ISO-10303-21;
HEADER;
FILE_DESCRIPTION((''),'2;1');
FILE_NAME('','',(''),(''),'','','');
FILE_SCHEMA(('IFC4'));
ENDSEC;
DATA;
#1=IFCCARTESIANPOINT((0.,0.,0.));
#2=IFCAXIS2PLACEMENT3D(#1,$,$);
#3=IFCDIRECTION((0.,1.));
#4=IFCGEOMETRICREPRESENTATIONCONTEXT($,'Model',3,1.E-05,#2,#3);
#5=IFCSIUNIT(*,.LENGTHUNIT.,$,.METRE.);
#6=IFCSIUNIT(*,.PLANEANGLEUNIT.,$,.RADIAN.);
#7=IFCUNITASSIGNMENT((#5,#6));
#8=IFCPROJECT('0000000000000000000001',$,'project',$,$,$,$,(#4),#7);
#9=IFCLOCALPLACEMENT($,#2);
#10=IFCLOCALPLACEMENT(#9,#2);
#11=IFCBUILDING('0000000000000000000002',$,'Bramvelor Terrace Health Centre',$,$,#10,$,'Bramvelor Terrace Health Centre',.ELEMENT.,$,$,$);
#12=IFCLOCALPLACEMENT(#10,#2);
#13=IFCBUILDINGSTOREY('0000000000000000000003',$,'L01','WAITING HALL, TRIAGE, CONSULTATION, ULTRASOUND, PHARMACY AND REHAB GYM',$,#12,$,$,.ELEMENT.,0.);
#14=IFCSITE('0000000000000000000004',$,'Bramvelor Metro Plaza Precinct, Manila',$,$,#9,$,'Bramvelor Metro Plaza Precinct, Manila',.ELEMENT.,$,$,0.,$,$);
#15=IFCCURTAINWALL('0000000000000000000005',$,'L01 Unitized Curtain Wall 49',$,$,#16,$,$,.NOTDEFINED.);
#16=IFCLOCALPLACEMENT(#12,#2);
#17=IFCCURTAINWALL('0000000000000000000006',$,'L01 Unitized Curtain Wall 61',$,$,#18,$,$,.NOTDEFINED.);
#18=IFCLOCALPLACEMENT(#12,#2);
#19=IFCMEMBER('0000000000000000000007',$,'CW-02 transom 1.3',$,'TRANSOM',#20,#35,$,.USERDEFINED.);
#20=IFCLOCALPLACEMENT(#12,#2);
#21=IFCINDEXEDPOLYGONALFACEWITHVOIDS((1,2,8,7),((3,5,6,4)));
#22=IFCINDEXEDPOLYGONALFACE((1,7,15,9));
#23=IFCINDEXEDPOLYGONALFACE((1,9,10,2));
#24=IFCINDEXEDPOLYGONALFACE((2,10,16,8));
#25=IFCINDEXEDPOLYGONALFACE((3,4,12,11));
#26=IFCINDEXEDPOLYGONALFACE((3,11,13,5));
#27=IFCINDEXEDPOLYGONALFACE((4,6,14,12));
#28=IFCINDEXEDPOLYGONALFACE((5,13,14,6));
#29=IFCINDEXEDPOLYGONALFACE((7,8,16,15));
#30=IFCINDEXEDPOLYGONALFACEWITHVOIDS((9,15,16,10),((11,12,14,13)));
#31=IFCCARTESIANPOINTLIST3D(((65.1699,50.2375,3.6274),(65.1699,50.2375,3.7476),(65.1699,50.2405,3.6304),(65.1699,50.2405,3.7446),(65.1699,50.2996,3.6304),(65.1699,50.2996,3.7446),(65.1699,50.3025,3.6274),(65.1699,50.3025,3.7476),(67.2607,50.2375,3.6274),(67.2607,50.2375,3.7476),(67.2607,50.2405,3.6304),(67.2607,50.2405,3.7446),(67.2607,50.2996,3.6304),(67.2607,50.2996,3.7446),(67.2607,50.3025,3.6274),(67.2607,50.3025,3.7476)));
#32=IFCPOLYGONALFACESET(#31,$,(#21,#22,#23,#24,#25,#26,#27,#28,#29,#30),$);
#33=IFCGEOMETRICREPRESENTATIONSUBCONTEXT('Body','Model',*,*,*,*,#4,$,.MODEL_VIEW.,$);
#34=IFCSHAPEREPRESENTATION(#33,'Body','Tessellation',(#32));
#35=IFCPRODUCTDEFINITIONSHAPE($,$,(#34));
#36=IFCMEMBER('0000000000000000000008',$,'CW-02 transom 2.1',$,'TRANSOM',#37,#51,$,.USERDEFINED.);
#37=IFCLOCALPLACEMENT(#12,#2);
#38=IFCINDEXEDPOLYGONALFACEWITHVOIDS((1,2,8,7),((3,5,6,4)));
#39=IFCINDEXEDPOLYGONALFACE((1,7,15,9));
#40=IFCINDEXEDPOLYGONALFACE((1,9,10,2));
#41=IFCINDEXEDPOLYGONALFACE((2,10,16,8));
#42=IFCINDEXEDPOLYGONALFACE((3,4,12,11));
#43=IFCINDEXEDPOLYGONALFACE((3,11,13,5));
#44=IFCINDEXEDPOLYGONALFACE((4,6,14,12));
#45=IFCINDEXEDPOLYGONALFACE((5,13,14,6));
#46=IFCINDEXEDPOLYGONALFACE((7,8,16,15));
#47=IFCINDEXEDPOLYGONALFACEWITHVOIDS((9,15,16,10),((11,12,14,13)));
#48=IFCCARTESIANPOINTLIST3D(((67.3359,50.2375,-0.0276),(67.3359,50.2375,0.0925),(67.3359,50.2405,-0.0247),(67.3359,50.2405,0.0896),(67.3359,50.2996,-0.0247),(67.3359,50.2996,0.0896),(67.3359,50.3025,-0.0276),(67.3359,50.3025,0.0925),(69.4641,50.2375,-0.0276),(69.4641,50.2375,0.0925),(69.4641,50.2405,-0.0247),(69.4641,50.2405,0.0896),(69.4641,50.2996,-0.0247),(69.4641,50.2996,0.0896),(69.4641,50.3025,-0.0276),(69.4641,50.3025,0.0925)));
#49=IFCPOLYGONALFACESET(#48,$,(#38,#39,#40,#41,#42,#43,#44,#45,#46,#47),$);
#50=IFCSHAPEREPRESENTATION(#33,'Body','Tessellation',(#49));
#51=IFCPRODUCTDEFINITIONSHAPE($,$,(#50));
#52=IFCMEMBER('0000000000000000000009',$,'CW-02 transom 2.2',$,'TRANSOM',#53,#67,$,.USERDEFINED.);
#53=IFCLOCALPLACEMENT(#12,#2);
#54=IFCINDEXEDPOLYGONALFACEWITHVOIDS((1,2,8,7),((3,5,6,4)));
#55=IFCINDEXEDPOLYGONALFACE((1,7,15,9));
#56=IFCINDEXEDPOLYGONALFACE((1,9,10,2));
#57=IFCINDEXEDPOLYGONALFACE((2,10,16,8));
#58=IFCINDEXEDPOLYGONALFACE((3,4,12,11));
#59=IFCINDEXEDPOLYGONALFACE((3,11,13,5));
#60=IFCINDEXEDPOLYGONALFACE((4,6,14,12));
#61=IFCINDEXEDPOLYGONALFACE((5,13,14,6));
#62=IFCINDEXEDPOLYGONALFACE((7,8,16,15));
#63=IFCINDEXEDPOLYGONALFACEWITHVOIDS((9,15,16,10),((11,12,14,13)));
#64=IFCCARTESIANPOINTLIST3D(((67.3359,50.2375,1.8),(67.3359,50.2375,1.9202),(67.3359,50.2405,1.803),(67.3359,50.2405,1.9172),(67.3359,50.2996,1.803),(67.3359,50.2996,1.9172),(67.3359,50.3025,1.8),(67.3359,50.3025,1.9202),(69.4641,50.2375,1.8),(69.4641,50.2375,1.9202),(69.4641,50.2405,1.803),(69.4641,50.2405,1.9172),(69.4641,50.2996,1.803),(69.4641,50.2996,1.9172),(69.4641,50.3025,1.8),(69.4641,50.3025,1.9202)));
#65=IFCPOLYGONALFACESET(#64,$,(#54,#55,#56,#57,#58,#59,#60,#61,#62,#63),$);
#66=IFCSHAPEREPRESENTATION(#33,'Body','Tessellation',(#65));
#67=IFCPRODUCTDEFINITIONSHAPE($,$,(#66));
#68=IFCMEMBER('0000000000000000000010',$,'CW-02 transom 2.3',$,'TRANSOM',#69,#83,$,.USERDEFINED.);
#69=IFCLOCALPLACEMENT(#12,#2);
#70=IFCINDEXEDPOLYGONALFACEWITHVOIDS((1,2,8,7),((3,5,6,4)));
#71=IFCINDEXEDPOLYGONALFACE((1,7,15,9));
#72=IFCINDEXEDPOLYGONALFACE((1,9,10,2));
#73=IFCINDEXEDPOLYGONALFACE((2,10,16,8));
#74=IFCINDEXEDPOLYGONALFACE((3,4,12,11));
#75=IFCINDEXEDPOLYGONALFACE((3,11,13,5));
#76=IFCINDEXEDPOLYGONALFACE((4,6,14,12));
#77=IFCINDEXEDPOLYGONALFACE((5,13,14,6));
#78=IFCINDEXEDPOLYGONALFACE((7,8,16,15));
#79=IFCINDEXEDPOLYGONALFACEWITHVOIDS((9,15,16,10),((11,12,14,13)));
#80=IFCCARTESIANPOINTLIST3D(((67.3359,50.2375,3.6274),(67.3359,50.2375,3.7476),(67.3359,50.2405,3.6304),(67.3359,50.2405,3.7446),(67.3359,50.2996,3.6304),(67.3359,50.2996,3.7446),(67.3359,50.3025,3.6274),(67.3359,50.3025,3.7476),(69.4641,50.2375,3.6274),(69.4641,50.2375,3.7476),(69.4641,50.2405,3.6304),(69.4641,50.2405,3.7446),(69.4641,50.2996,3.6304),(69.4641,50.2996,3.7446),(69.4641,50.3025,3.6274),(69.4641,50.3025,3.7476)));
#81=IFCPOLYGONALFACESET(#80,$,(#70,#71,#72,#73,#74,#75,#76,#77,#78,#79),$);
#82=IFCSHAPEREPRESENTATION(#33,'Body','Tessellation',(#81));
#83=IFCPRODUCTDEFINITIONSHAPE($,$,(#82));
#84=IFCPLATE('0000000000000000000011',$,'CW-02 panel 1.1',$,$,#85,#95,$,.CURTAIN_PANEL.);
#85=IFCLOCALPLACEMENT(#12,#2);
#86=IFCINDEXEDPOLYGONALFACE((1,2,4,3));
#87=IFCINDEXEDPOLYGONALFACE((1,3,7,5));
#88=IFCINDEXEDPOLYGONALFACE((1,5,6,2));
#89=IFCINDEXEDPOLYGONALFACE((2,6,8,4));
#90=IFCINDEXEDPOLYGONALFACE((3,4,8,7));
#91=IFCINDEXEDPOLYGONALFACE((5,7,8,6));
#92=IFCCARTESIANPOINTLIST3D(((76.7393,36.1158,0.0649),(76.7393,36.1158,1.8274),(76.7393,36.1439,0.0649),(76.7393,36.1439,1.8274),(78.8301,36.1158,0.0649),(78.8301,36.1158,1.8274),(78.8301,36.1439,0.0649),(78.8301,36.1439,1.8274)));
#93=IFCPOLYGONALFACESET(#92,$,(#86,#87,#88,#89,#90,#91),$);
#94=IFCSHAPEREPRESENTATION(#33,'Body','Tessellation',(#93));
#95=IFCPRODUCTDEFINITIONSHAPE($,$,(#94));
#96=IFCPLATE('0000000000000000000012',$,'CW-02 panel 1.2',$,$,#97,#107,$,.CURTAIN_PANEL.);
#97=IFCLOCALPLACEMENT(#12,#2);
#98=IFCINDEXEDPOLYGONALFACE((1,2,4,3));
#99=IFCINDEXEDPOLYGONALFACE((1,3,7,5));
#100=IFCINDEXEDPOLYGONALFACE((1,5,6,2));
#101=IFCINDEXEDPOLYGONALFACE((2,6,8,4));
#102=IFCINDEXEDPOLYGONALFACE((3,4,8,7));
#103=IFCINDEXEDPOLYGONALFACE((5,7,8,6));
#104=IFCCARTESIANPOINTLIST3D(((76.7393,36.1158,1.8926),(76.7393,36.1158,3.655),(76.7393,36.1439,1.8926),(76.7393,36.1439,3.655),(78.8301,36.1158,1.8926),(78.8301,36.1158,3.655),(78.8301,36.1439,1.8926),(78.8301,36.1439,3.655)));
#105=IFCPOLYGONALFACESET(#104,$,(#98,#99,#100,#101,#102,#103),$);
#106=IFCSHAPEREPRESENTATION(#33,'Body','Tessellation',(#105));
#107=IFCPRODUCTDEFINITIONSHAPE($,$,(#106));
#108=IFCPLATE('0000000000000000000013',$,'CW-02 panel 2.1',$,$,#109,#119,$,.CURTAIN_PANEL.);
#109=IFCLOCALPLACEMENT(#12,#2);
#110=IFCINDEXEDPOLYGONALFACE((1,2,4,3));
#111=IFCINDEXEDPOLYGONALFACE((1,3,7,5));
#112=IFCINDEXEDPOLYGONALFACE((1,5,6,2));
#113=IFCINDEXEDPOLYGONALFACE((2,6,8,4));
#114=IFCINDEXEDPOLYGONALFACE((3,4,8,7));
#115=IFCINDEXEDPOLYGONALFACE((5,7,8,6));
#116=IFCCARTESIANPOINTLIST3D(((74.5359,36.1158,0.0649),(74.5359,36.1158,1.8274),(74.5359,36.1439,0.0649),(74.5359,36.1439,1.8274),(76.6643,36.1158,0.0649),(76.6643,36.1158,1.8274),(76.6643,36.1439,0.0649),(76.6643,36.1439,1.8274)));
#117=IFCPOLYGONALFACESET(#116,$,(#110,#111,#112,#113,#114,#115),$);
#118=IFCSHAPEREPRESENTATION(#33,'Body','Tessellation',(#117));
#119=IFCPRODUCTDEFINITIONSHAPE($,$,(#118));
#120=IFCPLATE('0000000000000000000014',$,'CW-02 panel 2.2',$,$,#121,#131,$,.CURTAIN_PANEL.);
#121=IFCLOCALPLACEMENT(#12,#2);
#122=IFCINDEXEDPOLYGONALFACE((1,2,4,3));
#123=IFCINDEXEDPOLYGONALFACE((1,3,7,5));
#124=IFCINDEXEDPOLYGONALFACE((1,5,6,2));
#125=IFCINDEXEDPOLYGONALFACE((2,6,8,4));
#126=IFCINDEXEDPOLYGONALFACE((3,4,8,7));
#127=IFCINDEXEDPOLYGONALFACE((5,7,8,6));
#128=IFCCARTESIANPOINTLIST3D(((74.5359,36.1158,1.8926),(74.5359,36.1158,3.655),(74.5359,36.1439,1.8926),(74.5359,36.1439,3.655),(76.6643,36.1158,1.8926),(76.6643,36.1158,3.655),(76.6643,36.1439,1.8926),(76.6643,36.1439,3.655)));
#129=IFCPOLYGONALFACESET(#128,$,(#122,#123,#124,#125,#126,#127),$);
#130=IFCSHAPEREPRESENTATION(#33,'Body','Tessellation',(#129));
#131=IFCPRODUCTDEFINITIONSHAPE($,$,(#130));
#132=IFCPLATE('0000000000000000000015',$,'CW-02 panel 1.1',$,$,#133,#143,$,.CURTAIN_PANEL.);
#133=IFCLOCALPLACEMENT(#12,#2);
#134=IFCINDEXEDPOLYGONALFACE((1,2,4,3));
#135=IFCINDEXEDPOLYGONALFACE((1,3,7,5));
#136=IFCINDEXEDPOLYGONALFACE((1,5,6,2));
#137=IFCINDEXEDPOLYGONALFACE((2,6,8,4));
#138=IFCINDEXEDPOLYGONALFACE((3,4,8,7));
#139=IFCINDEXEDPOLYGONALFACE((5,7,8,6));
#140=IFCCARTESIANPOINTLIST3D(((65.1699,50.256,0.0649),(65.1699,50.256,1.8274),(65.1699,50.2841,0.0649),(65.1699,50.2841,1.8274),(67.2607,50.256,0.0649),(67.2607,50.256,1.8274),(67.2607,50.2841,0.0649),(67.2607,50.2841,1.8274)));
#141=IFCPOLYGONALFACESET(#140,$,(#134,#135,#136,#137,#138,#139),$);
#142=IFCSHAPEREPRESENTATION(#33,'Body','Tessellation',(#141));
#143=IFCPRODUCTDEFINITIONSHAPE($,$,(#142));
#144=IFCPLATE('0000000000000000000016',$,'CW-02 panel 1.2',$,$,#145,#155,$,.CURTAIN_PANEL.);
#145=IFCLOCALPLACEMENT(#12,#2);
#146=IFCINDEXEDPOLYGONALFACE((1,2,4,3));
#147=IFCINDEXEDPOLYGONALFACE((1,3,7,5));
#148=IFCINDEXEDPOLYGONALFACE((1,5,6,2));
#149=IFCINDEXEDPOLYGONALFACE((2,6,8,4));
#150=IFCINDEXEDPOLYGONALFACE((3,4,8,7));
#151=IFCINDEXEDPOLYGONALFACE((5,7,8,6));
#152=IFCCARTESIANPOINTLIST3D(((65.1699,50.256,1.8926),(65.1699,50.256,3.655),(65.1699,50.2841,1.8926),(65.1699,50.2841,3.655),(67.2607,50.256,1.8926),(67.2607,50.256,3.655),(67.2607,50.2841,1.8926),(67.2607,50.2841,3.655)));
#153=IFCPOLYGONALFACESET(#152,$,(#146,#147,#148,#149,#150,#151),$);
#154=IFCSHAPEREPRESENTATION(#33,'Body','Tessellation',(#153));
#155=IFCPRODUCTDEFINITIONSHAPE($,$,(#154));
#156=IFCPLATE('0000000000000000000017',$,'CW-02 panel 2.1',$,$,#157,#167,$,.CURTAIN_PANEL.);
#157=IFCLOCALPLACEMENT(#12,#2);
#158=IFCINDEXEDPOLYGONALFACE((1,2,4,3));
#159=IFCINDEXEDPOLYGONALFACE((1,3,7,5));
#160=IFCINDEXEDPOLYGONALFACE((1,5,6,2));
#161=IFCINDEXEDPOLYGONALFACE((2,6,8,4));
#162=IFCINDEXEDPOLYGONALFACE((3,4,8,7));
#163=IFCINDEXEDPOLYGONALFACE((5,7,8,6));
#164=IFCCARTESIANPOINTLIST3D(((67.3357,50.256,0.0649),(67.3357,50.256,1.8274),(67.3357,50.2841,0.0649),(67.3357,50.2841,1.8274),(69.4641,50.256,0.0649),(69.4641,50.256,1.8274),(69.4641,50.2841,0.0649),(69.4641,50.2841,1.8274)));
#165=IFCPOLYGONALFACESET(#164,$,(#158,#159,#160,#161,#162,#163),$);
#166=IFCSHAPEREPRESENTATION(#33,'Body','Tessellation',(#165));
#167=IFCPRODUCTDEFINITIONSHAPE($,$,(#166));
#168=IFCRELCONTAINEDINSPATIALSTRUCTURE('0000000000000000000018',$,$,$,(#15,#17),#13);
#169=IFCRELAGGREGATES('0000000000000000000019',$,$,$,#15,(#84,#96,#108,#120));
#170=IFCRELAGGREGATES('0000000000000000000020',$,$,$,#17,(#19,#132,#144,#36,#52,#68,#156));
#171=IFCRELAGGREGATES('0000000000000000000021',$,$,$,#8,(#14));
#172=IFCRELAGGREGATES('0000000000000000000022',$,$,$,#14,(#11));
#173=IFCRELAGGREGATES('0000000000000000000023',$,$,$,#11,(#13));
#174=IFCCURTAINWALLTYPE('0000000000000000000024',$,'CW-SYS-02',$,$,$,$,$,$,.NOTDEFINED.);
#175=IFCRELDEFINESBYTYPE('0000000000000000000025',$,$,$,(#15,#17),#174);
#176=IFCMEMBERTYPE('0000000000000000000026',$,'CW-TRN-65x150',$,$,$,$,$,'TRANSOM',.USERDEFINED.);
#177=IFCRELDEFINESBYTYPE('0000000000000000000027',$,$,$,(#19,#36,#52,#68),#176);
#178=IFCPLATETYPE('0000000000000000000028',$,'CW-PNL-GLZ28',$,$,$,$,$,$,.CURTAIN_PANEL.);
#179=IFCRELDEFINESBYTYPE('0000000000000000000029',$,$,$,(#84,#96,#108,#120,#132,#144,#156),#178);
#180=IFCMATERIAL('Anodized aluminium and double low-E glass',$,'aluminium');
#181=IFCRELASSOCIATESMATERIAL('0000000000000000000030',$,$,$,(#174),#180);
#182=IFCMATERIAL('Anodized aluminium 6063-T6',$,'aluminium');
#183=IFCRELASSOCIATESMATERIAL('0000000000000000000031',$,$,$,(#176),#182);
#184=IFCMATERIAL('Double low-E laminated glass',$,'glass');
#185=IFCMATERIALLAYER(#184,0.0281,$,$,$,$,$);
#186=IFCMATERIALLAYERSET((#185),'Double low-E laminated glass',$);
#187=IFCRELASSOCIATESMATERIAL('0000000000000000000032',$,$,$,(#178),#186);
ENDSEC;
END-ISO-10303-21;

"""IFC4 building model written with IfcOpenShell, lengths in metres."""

from ifc_helpers import new_model, si_unit, direction, frame, origin, origin_2d, place, context, subcontext, project, spatial, rectangle, hollow_rectangle, extrude, material, layer, layer_set, material_profile, profile_set, type_object, element, aggregate, save


model = new_model("IFC4")

# Units and contexts
model_context = context("Model", 3, precision=1e-05, world=origin(), true_north=direction((0.0, 1.0)))
body_context = subcontext(model_context, "Body", "Model", "MODEL_VIEW")
ifc_project = project(units=[si_unit("LENGTHUNIT", "METRE"), si_unit("PLANEANGLEUNIT", "RADIAN")], contexts=[model_context])

# Site, building, storey
site_placement = place(None, origin())
site = spatial("IfcSite", under=ifc_project, at=site_placement, Name="Bramvelor Metro Plaza Precinct, Manila", LongName="Bramvelor Metro Plaza Precinct, Manila", CompositionType="ELEMENT", RefElevation=0.0)
building_placement = place(site_placement, origin())
building = spatial("IfcBuilding", under=site, at=building_placement, Name="Bramvelor Terrace Health Centre", LongName="Bramvelor Terrace Health Centre", CompositionType="ELEMENT")
storey_placement = place(building_placement, origin())
storey = spatial("IfcBuildingStorey", under=building, at=storey_placement, Name="L01", Description="WAITING HALL, TRIAGE, CONSULTATION, ULTRASOUND, PHARMACY AND REHAB GYM", CompositionType="ELEMENT", Elevation=0.0)

# Curtain wall
ifc_material_1 = material(Name="Anodized aluminium and double low-E glass", Category="aluminium")
curtain_wall_type = type_object("IfcCurtainWallType", Name="CW-SYS-02", PredefinedType="NOTDEFINED", material=ifc_material_1)
curtain_wall_1_placement = place(storey_placement, origin())
curtain_wall_1 = element("IfcCurtainWall", 1, at=curtain_wall_1_placement, inside=storey, type_object=curtain_wall_type, Name="L01 Unitized Curtain Wall 49", PredefinedType="NOTDEFINED")

# Curtain wall
curtain_wall_2_placement = place(storey_placement, origin())
curtain_wall_2 = element("IfcCurtainWall", 2, at=curtain_wall_2_placement, inside=storey, type_object=curtain_wall_type, Name="L01 Unitized Curtain Wall 61", PredefinedType="NOTDEFINED")

# Members
ifc_material_2 = material(Name="Anodized aluminium 6063-T6", Category="aluminium")
ifc_material_profile_1 = material_profile(ifc_material_2, hollow_rectangle(XDim=0.0649, YDim=0.1201, WallThickness=0.0029, at=origin_2d()), Name="ALU-TRN 65x120x3.0")
ifc_profile_set_1 = profile_set([ifc_material_profile_1], Name="Anodized aluminium 6063-T6")
member_type_1 = type_object("IfcMemberType", Name="CW-TRN-65x150", ElementType="TRANSOM", PredefinedType="USERDEFINED", material=ifc_profile_set_1)
member_1_placement = place(storey_placement, frame((65.1699, 50.27, 3.6875), z_axis=(1.0, 0.0, 0.0), x_axis=(0.0, 1.0, 0.0)))
member_1 = element("IfcMember", 3, at=member_1_placement, type_object=member_type_1, Name="CW-02 transom 1.3", ObjectType="TRANSOM", PredefinedType="USERDEFINED", context=body_context, shape_type="SweptSolid", body=[
    extrude(hollow_rectangle(XDim=0.0649, YDim=0.1201, WallThickness=0.0029, at=origin_2d()), origin(), (0.0, 0.0, 1.0), 2.0908),
])
member_2_placement = place(storey_placement, frame((67.3359, 50.27, 0.0325), z_axis=(1.0, 0.0, 0.0), x_axis=(0.0, 1.0, 0.0)))
member_2 = element("IfcMember", 4, at=member_2_placement, type_object=member_type_1, Name="CW-02 transom 2.1", ObjectType="TRANSOM", PredefinedType="USERDEFINED", context=body_context, shape_type="SweptSolid", body=[
    extrude(hollow_rectangle(XDim=0.0649, YDim=0.1201, WallThickness=0.0029, at=origin_2d()), origin(), (0.0, 0.0, 1.0), 2.1282),
])
member_3_placement = place(storey_placement, frame((67.3359, 50.27, 1.8601), z_axis=(1.0, 0.0, 0.0), x_axis=(0.0, 1.0, 0.0)))
member_3 = element("IfcMember", 5, at=member_3_placement, type_object=member_type_1, Name="CW-02 transom 2.2", ObjectType="TRANSOM", PredefinedType="USERDEFINED", context=body_context, shape_type="SweptSolid", body=[
    extrude(hollow_rectangle(XDim=0.0649, YDim=0.1201, WallThickness=0.0029, at=origin_2d()), origin(), (0.0, 0.0, 1.0), 2.1282),
])
member_4_placement = place(storey_placement, frame((67.3359, 50.27, 3.6875), z_axis=(1.0, 0.0, 0.0), x_axis=(0.0, 1.0, 0.0)))
member_4 = element("IfcMember", 6, at=member_4_placement, type_object=member_type_1, Name="CW-02 transom 2.3", ObjectType="TRANSOM", PredefinedType="USERDEFINED", context=body_context, shape_type="SweptSolid", body=[
    extrude(hollow_rectangle(XDim=0.0649, YDim=0.1201, WallThickness=0.0029, at=origin_2d()), origin(), (0.0, 0.0, 1.0), 2.1282),
])

# Plates
ifc_material_3 = material(Name="Double low-E laminated glass", Category="glass")
ifc_layer = layer(ifc_material_3, 0.0281)
ifc_layer_set = layer_set([ifc_layer], Name="Double low-E laminated glass")
plate_type = type_object("IfcPlateType", Name="CW-PNL-GLZ28", PredefinedType="CURTAIN_PANEL", material=ifc_layer_set)
plate_1_placement = place(storey_placement, frame((77.7847, 36.1299, 0.0649), z_axis=(0.0, 0.0, 1.0), x_axis=(-1.0, 0.0, 0.0)))
plate_1 = element("IfcPlate", 7, at=plate_1_placement, type_object=plate_type, Name="CW-02 panel 1.1", PredefinedType="CURTAIN_PANEL", context=body_context, shape_type="SweptSolid", body=[
    extrude(rectangle(XDim=2.0908, YDim=0.0281, at=origin_2d()), origin(), (0.0, 0.0, 1.0), 1.7625),
])
plate_2_placement = place(storey_placement, frame((77.7847, 36.1299, 1.8926), z_axis=(0.0, 0.0, 1.0), x_axis=(-1.0, 0.0, 0.0)))
plate_2 = element("IfcPlate", 8, at=plate_2_placement, type_object=plate_type, Name="CW-02 panel 1.2", PredefinedType="CURTAIN_PANEL", context=body_context, shape_type="SweptSolid", body=[
    extrude(rectangle(XDim=2.0908, YDim=0.0281, at=origin_2d()), origin(), (0.0, 0.0, 1.0), 1.7625),
])
plate_3_placement = place(storey_placement, frame((75.6001, 36.1299, 0.0649), z_axis=(0.0, 0.0, 1.0), x_axis=(-1.0, 0.0, 0.0)))
plate_3 = element("IfcPlate", 9, at=plate_3_placement, type_object=plate_type, Name="CW-02 panel 2.1", PredefinedType="CURTAIN_PANEL", context=body_context, shape_type="SweptSolid", body=[
    extrude(rectangle(XDim=2.1284, YDim=0.0281, at=origin_2d()), origin(), (0.0, 0.0, 1.0), 1.7625),
])
plate_4_placement = place(storey_placement, frame((75.6001, 36.1299, 1.8926), z_axis=(0.0, 0.0, 1.0), x_axis=(-1.0, 0.0, 0.0)))
plate_4 = element("IfcPlate", 10, at=plate_4_placement, type_object=plate_type, Name="CW-02 panel 2.2", PredefinedType="CURTAIN_PANEL", context=body_context, shape_type="SweptSolid", body=[
    extrude(rectangle(XDim=2.1284, YDim=0.0281, at=origin_2d()), origin(), (0.0, 0.0, 1.0), 1.7625),
])
aggregate(curtain_wall_1, [plate_1, plate_2, plate_3, plate_4])
plate_5_placement = place(storey_placement, frame((66.2153, 50.27, 0.0649), z_axis=(0.0, 0.0, 1.0), x_axis=(1.0, 0.0, 0.0)))
plate_5 = element("IfcPlate", 11, at=plate_5_placement, type_object=plate_type, Name="CW-02 panel 1.1", PredefinedType="CURTAIN_PANEL", context=body_context, shape_type="SweptSolid", body=[
    extrude(rectangle(XDim=2.0908, YDim=0.0281, at=origin_2d()), origin(), (0.0, 0.0, 1.0), 1.7625),
])
plate_6_placement = place(storey_placement, frame((66.2153, 50.27, 1.8926), z_axis=(0.0, 0.0, 1.0), x_axis=(1.0, 0.0, 0.0)))
plate_6 = element("IfcPlate", 12, at=plate_6_placement, type_object=plate_type, Name="CW-02 panel 1.2", PredefinedType="CURTAIN_PANEL", context=body_context, shape_type="SweptSolid", body=[
    extrude(rectangle(XDim=2.0908, YDim=0.0281, at=origin_2d()), origin(), (0.0, 0.0, 1.0), 1.7625),
])
plate_7_placement = place(storey_placement, frame((68.3999, 50.27, 0.0649), z_axis=(0.0, 0.0, 1.0), x_axis=(1.0, 0.0, 0.0)))
plate_7 = element("IfcPlate", 13, at=plate_7_placement, type_object=plate_type, Name="CW-02 panel 2.1", PredefinedType="CURTAIN_PANEL", context=body_context, shape_type="SweptSolid", body=[
    extrude(rectangle(XDim=2.1284, YDim=0.0281, at=origin_2d()), origin(), (0.0, 0.0, 1.0), 1.7625),
])
aggregate(curtain_wall_2, [member_1, plate_5, plate_6, member_2, member_3, member_4, plate_7])

save(model, "model.ifc")
